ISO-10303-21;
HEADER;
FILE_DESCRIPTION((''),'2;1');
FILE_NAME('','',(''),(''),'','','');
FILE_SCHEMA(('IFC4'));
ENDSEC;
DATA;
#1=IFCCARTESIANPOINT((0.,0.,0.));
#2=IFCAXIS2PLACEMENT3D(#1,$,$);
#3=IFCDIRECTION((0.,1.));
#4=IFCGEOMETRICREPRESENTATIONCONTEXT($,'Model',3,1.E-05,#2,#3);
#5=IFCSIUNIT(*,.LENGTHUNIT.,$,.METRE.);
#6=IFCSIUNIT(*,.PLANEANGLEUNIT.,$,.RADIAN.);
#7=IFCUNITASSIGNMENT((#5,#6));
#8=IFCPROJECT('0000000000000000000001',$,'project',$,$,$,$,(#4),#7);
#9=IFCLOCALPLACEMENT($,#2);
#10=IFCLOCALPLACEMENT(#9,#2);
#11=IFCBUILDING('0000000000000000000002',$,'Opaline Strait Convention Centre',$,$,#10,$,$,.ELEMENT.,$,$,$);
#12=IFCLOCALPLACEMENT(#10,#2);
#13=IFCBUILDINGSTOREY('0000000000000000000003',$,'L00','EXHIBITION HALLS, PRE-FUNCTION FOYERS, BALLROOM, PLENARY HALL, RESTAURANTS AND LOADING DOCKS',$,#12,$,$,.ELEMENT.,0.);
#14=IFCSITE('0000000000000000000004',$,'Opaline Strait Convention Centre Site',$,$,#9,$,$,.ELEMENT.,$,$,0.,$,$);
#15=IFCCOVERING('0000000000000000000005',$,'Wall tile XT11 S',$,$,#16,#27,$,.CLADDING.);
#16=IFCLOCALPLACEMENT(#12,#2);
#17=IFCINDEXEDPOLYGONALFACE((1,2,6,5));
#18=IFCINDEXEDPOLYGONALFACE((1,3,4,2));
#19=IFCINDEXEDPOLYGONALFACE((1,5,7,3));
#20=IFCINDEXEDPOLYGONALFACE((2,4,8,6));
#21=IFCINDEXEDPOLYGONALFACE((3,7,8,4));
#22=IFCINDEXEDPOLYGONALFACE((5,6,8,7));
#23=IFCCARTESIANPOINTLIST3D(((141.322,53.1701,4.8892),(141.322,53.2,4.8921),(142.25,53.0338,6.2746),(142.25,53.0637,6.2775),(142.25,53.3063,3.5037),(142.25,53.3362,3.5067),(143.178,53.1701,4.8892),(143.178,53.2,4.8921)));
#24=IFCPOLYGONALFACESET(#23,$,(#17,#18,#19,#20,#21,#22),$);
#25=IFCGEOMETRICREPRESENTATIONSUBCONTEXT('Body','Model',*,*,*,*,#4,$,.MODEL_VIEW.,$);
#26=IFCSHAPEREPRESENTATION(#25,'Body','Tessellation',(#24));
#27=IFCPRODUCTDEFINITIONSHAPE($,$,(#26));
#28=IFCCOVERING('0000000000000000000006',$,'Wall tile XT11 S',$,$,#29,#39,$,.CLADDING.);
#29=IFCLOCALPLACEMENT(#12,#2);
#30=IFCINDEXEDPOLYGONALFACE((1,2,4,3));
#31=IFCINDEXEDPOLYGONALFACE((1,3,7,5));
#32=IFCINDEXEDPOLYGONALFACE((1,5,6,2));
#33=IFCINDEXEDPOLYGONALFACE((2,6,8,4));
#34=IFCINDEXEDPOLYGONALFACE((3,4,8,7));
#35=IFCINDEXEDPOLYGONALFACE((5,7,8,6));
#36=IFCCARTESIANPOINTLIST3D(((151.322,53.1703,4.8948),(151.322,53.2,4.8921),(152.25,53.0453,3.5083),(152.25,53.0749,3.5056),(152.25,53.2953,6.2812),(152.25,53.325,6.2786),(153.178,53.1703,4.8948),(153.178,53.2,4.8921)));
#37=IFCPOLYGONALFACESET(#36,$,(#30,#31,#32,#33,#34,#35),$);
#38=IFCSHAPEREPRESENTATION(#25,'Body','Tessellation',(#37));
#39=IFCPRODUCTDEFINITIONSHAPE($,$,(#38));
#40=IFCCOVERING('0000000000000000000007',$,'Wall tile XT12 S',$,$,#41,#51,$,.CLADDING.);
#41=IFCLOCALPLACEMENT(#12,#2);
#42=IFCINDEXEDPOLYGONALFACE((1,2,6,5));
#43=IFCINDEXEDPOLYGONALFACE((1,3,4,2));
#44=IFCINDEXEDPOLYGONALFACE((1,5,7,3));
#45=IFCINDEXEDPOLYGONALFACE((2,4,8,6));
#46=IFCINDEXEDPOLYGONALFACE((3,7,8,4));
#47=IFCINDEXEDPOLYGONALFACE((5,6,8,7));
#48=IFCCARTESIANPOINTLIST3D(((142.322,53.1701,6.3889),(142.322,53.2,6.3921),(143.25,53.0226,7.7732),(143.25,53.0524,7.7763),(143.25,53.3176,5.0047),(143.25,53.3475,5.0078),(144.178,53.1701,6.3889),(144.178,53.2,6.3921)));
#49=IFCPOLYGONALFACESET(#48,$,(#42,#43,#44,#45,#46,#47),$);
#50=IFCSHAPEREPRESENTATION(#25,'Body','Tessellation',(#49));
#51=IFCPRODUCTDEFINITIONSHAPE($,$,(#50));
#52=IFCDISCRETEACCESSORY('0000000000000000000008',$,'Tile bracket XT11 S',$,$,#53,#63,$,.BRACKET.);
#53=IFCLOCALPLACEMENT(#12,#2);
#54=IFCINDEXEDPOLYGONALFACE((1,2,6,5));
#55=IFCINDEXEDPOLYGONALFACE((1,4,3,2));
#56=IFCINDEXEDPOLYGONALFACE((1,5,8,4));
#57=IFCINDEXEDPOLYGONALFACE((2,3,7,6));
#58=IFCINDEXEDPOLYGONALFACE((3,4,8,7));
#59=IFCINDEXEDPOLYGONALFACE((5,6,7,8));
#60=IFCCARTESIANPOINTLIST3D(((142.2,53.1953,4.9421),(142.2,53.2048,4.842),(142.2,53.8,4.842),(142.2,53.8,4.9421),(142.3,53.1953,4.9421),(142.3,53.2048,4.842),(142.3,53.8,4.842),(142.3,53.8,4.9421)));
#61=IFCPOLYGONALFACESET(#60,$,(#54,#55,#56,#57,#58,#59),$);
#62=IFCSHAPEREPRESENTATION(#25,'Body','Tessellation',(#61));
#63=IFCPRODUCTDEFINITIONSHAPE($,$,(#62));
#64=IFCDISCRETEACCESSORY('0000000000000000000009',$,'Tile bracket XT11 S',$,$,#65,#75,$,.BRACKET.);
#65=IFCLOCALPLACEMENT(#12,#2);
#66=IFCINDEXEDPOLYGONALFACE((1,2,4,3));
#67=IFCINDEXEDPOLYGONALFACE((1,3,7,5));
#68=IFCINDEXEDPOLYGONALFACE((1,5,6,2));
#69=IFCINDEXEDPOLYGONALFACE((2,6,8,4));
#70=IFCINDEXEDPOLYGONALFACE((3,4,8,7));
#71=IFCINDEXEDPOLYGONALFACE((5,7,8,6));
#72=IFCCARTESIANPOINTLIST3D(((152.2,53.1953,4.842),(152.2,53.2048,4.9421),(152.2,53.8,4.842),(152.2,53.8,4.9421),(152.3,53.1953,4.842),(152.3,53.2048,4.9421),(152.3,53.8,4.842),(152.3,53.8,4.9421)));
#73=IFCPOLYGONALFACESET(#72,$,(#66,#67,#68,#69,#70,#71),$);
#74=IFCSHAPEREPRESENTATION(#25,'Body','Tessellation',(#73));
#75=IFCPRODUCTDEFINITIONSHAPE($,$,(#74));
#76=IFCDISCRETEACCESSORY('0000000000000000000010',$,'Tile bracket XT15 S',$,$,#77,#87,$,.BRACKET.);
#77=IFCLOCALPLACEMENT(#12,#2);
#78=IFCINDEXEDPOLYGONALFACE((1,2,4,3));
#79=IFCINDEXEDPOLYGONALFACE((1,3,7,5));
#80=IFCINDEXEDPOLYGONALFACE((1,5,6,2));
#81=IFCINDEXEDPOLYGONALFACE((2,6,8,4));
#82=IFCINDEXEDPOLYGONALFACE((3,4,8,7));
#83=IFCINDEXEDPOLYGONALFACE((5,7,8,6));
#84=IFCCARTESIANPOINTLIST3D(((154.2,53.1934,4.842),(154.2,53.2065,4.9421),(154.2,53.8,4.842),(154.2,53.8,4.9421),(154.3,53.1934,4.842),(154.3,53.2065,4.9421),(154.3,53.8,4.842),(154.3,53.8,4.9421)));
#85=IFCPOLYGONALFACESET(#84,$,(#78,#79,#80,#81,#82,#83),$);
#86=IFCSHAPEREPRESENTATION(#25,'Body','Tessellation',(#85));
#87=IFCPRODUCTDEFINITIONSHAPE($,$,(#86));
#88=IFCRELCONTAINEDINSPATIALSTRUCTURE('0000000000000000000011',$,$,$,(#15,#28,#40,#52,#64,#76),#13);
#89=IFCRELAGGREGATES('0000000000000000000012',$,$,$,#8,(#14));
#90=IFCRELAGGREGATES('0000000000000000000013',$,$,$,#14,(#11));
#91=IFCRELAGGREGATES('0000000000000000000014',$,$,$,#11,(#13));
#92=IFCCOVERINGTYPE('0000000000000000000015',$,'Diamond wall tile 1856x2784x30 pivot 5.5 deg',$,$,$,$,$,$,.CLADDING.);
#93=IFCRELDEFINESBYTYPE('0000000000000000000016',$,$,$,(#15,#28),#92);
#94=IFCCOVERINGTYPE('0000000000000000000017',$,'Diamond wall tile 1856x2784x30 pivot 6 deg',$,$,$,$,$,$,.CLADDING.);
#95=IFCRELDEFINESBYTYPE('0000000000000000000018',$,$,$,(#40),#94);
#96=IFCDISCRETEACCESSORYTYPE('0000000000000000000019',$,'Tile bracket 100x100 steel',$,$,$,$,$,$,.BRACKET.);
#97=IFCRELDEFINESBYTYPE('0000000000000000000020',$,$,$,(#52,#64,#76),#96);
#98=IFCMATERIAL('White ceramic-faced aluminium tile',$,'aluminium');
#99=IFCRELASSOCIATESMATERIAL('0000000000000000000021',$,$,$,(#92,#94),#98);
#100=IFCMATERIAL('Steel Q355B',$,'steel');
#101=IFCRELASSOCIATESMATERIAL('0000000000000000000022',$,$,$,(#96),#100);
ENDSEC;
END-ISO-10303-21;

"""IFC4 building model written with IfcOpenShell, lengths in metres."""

from ifc_helpers import new_model, si_unit, direction, frame, origin, place, context, subcontext, project, spatial, polyline, outline, extrude, material, material_profile, profile_set, type_object, element, save


model = new_model("IFC4")

# Units and contexts
model_context = context("Model", 3, precision=1e-05, world=origin(), true_north=direction((0.0, 1.0)))
body_context = subcontext(model_context, "Body", "Model", "MODEL_VIEW")
ifc_project = project(units=[si_unit("LENGTHUNIT", "METRE"), si_unit("PLANEANGLEUNIT", "RADIAN")], contexts=[model_context])

# Site, building, storey
site_placement = place(None, origin())
site = spatial("IfcSite", under=ifc_project, at=site_placement, Name="Opaline Strait Convention Centre Site", CompositionType="ELEMENT", RefElevation=0.0)
building_placement = place(site_placement, origin())
building = spatial("IfcBuilding", under=site, at=building_placement, Name="Opaline Strait Convention Centre", CompositionType="ELEMENT")
storey_placement = place(building_placement, origin())
storey = spatial("IfcBuildingStorey", under=building, at=storey_placement, Name="L00", Description="EXHIBITION HALLS, PRE-FUNCTION FOYERS, BALLROOM, PLENARY HALL, RESTAURANTS AND LOADING DOCKS", CompositionType="ELEMENT", Elevation=0.0)

# Shared definitions
ifc_material_1 = material(Name="Steel Q355B", Category="steel")

# Coverings
ifc_material_2 = material(Name="White ceramic-faced aluminium tile", Category="aluminium")
ifc_material_profile_1 = material_profile(ifc_material_2, outline(polyline([(0.928, 0.0), (0.0, 1.3921), (-0.928, 0.0), (0.0, -1.3921), (0.928, 0.0)])), Name="Diamond tile 1856x2784")
ifc_profile_set_1 = profile_set([ifc_material_profile_1], Name="White ceramic-faced aluminium tile")
covering_type_1 = type_object("IfcCoveringType", Name="Diamond wall tile 1856x2784x30 pivot 5.5 deg", PredefinedType="CLADDING", material=ifc_profile_set_1)
covering_1_placement = place(storey_placement, frame((142.25, 53.2, 4.8921), z_axis=(0.0, -0.995197, -0.097888), x_axis=(1.0, 0.0, 0.0)))
element("IfcCovering", 1, at=covering_1_placement, inside=storey, type_object=covering_type_1, Name="Wall tile XT11 S", PredefinedType="CLADDING", context=body_context, shape_type="SweptSolid", body=[
    extrude(outline(polyline([(0.928, 0.0), (0.0, 1.3921), (-0.928, 0.0), (0.0, -1.3921), (0.928, 0.0)])), origin(), (0.0, 0.0, 1.0), 0.03),
])
covering_2_placement = place(storey_placement, frame((152.25, 53.2, 4.8921), z_axis=(0.0, -0.99596, 0.0898), x_axis=(1.0, 0.0, 0.0)))
element("IfcCovering", 2, at=covering_2_placement, inside=storey, type_object=covering_type_1, Name="Wall tile XT11 S", PredefinedType="CLADDING", context=body_context, shape_type="SweptSolid", body=[
    extrude(outline(polyline([(0.928, 0.0), (0.0, 1.3921), (-0.928, 0.0), (0.0, -1.3921), (0.928, 0.0)])), origin(), (0.0, 0.0, 1.0), 0.0298),
])
ifc_material_profile_2 = material_profile(ifc_material_2, outline(polyline([(0.928, 0.0), (0.0, 1.3921), (-0.928, 0.0), (0.0, -1.3921), (0.928, 0.0)])), Name="Diamond tile 1856x2784")
ifc_profile_set_2 = profile_set([ifc_material_profile_2], Name="White ceramic-faced aluminium tile")
covering_type_2 = type_object("IfcCoveringType", Name="Diamond wall tile 1856x2784x30 pivot 6 deg", PredefinedType="CLADDING", material=ifc_profile_set_2)
covering_3_placement = place(storey_placement, frame((143.25, 53.2, 6.3921), z_axis=(0.0, -0.994371, -0.105958), x_axis=(1.0, 0.0, 0.0)))
element("IfcCovering", 3, at=covering_3_placement, inside=storey, type_object=covering_type_2, Name="Wall tile XT12 S", PredefinedType="CLADDING", context=body_context, shape_type="SweptSolid", body=[
    extrude(outline(polyline([(0.928, 0.0), (0.0, 1.3921), (-0.928, 0.0), (0.0, -1.3921), (0.928, 0.0)])), origin(), (0.0, 0.0, 1.0), 0.03),
])

# Discrete accessories
discrete_accessory_type = type_object("IfcDiscreteAccessoryType", Name="Tile bracket 100x100 steel", PredefinedType="BRACKET", material=ifc_material_1)
discrete_accessory_1_placement = place(storey_placement, frame((142.2, 53.8, 4.8921), z_axis=(1.0, 0.0, 0.0), x_axis=(0.0, 1.0, 0.0)))
element("IfcDiscreteAccessory", 4, at=discrete_accessory_1_placement, inside=storey, type_object=discrete_accessory_type, Name="Tile bracket XT11 S", PredefinedType="BRACKET", context=body_context, shape_type="SweptSolid", body=[
    extrude(outline(polyline([(0.0, -0.05), (0.0, 0.05), (-0.6047, 0.05), (-0.5952, -0.05), (0.0, -0.05)])), origin(), (0.0, 0.0, 1.0), 0.1001),
])
discrete_accessory_2_placement = place(storey_placement, frame((152.2, 53.8, 4.8921), z_axis=(1.0, 0.0, 0.0), x_axis=(0.0, 1.0, 0.0)))
element("IfcDiscreteAccessory", 5, at=discrete_accessory_2_placement, inside=storey, type_object=discrete_accessory_type, Name="Tile bracket XT11 S", PredefinedType="BRACKET", context=body_context, shape_type="SweptSolid", body=[
    extrude(outline(polyline([(0.0, -0.05), (0.0, 0.05), (-0.5952, 0.05), (-0.6047, -0.05), (0.0, -0.05)])), origin(), (0.0, 0.0, 1.0), 0.1001),
])
discrete_accessory_3_placement = place(storey_placement, frame((154.2, 53.8, 4.8921), z_axis=(1.0, 0.0, 0.0), x_axis=(0.0, 1.0, 0.0)))
element("IfcDiscreteAccessory", 6, at=discrete_accessory_3_placement, inside=storey, type_object=discrete_accessory_type, Name="Tile bracket XT15 S", PredefinedType="BRACKET", context=body_context, shape_type="SweptSolid", body=[
    extrude(outline(polyline([(0.0, -0.05), (0.0, 0.05), (-0.5935, 0.05), (-0.6067, -0.05), (0.0, -0.05)])), origin(), (0.0, 0.0, 1.0), 0.1001),
])

save(model, "model.ifc")
